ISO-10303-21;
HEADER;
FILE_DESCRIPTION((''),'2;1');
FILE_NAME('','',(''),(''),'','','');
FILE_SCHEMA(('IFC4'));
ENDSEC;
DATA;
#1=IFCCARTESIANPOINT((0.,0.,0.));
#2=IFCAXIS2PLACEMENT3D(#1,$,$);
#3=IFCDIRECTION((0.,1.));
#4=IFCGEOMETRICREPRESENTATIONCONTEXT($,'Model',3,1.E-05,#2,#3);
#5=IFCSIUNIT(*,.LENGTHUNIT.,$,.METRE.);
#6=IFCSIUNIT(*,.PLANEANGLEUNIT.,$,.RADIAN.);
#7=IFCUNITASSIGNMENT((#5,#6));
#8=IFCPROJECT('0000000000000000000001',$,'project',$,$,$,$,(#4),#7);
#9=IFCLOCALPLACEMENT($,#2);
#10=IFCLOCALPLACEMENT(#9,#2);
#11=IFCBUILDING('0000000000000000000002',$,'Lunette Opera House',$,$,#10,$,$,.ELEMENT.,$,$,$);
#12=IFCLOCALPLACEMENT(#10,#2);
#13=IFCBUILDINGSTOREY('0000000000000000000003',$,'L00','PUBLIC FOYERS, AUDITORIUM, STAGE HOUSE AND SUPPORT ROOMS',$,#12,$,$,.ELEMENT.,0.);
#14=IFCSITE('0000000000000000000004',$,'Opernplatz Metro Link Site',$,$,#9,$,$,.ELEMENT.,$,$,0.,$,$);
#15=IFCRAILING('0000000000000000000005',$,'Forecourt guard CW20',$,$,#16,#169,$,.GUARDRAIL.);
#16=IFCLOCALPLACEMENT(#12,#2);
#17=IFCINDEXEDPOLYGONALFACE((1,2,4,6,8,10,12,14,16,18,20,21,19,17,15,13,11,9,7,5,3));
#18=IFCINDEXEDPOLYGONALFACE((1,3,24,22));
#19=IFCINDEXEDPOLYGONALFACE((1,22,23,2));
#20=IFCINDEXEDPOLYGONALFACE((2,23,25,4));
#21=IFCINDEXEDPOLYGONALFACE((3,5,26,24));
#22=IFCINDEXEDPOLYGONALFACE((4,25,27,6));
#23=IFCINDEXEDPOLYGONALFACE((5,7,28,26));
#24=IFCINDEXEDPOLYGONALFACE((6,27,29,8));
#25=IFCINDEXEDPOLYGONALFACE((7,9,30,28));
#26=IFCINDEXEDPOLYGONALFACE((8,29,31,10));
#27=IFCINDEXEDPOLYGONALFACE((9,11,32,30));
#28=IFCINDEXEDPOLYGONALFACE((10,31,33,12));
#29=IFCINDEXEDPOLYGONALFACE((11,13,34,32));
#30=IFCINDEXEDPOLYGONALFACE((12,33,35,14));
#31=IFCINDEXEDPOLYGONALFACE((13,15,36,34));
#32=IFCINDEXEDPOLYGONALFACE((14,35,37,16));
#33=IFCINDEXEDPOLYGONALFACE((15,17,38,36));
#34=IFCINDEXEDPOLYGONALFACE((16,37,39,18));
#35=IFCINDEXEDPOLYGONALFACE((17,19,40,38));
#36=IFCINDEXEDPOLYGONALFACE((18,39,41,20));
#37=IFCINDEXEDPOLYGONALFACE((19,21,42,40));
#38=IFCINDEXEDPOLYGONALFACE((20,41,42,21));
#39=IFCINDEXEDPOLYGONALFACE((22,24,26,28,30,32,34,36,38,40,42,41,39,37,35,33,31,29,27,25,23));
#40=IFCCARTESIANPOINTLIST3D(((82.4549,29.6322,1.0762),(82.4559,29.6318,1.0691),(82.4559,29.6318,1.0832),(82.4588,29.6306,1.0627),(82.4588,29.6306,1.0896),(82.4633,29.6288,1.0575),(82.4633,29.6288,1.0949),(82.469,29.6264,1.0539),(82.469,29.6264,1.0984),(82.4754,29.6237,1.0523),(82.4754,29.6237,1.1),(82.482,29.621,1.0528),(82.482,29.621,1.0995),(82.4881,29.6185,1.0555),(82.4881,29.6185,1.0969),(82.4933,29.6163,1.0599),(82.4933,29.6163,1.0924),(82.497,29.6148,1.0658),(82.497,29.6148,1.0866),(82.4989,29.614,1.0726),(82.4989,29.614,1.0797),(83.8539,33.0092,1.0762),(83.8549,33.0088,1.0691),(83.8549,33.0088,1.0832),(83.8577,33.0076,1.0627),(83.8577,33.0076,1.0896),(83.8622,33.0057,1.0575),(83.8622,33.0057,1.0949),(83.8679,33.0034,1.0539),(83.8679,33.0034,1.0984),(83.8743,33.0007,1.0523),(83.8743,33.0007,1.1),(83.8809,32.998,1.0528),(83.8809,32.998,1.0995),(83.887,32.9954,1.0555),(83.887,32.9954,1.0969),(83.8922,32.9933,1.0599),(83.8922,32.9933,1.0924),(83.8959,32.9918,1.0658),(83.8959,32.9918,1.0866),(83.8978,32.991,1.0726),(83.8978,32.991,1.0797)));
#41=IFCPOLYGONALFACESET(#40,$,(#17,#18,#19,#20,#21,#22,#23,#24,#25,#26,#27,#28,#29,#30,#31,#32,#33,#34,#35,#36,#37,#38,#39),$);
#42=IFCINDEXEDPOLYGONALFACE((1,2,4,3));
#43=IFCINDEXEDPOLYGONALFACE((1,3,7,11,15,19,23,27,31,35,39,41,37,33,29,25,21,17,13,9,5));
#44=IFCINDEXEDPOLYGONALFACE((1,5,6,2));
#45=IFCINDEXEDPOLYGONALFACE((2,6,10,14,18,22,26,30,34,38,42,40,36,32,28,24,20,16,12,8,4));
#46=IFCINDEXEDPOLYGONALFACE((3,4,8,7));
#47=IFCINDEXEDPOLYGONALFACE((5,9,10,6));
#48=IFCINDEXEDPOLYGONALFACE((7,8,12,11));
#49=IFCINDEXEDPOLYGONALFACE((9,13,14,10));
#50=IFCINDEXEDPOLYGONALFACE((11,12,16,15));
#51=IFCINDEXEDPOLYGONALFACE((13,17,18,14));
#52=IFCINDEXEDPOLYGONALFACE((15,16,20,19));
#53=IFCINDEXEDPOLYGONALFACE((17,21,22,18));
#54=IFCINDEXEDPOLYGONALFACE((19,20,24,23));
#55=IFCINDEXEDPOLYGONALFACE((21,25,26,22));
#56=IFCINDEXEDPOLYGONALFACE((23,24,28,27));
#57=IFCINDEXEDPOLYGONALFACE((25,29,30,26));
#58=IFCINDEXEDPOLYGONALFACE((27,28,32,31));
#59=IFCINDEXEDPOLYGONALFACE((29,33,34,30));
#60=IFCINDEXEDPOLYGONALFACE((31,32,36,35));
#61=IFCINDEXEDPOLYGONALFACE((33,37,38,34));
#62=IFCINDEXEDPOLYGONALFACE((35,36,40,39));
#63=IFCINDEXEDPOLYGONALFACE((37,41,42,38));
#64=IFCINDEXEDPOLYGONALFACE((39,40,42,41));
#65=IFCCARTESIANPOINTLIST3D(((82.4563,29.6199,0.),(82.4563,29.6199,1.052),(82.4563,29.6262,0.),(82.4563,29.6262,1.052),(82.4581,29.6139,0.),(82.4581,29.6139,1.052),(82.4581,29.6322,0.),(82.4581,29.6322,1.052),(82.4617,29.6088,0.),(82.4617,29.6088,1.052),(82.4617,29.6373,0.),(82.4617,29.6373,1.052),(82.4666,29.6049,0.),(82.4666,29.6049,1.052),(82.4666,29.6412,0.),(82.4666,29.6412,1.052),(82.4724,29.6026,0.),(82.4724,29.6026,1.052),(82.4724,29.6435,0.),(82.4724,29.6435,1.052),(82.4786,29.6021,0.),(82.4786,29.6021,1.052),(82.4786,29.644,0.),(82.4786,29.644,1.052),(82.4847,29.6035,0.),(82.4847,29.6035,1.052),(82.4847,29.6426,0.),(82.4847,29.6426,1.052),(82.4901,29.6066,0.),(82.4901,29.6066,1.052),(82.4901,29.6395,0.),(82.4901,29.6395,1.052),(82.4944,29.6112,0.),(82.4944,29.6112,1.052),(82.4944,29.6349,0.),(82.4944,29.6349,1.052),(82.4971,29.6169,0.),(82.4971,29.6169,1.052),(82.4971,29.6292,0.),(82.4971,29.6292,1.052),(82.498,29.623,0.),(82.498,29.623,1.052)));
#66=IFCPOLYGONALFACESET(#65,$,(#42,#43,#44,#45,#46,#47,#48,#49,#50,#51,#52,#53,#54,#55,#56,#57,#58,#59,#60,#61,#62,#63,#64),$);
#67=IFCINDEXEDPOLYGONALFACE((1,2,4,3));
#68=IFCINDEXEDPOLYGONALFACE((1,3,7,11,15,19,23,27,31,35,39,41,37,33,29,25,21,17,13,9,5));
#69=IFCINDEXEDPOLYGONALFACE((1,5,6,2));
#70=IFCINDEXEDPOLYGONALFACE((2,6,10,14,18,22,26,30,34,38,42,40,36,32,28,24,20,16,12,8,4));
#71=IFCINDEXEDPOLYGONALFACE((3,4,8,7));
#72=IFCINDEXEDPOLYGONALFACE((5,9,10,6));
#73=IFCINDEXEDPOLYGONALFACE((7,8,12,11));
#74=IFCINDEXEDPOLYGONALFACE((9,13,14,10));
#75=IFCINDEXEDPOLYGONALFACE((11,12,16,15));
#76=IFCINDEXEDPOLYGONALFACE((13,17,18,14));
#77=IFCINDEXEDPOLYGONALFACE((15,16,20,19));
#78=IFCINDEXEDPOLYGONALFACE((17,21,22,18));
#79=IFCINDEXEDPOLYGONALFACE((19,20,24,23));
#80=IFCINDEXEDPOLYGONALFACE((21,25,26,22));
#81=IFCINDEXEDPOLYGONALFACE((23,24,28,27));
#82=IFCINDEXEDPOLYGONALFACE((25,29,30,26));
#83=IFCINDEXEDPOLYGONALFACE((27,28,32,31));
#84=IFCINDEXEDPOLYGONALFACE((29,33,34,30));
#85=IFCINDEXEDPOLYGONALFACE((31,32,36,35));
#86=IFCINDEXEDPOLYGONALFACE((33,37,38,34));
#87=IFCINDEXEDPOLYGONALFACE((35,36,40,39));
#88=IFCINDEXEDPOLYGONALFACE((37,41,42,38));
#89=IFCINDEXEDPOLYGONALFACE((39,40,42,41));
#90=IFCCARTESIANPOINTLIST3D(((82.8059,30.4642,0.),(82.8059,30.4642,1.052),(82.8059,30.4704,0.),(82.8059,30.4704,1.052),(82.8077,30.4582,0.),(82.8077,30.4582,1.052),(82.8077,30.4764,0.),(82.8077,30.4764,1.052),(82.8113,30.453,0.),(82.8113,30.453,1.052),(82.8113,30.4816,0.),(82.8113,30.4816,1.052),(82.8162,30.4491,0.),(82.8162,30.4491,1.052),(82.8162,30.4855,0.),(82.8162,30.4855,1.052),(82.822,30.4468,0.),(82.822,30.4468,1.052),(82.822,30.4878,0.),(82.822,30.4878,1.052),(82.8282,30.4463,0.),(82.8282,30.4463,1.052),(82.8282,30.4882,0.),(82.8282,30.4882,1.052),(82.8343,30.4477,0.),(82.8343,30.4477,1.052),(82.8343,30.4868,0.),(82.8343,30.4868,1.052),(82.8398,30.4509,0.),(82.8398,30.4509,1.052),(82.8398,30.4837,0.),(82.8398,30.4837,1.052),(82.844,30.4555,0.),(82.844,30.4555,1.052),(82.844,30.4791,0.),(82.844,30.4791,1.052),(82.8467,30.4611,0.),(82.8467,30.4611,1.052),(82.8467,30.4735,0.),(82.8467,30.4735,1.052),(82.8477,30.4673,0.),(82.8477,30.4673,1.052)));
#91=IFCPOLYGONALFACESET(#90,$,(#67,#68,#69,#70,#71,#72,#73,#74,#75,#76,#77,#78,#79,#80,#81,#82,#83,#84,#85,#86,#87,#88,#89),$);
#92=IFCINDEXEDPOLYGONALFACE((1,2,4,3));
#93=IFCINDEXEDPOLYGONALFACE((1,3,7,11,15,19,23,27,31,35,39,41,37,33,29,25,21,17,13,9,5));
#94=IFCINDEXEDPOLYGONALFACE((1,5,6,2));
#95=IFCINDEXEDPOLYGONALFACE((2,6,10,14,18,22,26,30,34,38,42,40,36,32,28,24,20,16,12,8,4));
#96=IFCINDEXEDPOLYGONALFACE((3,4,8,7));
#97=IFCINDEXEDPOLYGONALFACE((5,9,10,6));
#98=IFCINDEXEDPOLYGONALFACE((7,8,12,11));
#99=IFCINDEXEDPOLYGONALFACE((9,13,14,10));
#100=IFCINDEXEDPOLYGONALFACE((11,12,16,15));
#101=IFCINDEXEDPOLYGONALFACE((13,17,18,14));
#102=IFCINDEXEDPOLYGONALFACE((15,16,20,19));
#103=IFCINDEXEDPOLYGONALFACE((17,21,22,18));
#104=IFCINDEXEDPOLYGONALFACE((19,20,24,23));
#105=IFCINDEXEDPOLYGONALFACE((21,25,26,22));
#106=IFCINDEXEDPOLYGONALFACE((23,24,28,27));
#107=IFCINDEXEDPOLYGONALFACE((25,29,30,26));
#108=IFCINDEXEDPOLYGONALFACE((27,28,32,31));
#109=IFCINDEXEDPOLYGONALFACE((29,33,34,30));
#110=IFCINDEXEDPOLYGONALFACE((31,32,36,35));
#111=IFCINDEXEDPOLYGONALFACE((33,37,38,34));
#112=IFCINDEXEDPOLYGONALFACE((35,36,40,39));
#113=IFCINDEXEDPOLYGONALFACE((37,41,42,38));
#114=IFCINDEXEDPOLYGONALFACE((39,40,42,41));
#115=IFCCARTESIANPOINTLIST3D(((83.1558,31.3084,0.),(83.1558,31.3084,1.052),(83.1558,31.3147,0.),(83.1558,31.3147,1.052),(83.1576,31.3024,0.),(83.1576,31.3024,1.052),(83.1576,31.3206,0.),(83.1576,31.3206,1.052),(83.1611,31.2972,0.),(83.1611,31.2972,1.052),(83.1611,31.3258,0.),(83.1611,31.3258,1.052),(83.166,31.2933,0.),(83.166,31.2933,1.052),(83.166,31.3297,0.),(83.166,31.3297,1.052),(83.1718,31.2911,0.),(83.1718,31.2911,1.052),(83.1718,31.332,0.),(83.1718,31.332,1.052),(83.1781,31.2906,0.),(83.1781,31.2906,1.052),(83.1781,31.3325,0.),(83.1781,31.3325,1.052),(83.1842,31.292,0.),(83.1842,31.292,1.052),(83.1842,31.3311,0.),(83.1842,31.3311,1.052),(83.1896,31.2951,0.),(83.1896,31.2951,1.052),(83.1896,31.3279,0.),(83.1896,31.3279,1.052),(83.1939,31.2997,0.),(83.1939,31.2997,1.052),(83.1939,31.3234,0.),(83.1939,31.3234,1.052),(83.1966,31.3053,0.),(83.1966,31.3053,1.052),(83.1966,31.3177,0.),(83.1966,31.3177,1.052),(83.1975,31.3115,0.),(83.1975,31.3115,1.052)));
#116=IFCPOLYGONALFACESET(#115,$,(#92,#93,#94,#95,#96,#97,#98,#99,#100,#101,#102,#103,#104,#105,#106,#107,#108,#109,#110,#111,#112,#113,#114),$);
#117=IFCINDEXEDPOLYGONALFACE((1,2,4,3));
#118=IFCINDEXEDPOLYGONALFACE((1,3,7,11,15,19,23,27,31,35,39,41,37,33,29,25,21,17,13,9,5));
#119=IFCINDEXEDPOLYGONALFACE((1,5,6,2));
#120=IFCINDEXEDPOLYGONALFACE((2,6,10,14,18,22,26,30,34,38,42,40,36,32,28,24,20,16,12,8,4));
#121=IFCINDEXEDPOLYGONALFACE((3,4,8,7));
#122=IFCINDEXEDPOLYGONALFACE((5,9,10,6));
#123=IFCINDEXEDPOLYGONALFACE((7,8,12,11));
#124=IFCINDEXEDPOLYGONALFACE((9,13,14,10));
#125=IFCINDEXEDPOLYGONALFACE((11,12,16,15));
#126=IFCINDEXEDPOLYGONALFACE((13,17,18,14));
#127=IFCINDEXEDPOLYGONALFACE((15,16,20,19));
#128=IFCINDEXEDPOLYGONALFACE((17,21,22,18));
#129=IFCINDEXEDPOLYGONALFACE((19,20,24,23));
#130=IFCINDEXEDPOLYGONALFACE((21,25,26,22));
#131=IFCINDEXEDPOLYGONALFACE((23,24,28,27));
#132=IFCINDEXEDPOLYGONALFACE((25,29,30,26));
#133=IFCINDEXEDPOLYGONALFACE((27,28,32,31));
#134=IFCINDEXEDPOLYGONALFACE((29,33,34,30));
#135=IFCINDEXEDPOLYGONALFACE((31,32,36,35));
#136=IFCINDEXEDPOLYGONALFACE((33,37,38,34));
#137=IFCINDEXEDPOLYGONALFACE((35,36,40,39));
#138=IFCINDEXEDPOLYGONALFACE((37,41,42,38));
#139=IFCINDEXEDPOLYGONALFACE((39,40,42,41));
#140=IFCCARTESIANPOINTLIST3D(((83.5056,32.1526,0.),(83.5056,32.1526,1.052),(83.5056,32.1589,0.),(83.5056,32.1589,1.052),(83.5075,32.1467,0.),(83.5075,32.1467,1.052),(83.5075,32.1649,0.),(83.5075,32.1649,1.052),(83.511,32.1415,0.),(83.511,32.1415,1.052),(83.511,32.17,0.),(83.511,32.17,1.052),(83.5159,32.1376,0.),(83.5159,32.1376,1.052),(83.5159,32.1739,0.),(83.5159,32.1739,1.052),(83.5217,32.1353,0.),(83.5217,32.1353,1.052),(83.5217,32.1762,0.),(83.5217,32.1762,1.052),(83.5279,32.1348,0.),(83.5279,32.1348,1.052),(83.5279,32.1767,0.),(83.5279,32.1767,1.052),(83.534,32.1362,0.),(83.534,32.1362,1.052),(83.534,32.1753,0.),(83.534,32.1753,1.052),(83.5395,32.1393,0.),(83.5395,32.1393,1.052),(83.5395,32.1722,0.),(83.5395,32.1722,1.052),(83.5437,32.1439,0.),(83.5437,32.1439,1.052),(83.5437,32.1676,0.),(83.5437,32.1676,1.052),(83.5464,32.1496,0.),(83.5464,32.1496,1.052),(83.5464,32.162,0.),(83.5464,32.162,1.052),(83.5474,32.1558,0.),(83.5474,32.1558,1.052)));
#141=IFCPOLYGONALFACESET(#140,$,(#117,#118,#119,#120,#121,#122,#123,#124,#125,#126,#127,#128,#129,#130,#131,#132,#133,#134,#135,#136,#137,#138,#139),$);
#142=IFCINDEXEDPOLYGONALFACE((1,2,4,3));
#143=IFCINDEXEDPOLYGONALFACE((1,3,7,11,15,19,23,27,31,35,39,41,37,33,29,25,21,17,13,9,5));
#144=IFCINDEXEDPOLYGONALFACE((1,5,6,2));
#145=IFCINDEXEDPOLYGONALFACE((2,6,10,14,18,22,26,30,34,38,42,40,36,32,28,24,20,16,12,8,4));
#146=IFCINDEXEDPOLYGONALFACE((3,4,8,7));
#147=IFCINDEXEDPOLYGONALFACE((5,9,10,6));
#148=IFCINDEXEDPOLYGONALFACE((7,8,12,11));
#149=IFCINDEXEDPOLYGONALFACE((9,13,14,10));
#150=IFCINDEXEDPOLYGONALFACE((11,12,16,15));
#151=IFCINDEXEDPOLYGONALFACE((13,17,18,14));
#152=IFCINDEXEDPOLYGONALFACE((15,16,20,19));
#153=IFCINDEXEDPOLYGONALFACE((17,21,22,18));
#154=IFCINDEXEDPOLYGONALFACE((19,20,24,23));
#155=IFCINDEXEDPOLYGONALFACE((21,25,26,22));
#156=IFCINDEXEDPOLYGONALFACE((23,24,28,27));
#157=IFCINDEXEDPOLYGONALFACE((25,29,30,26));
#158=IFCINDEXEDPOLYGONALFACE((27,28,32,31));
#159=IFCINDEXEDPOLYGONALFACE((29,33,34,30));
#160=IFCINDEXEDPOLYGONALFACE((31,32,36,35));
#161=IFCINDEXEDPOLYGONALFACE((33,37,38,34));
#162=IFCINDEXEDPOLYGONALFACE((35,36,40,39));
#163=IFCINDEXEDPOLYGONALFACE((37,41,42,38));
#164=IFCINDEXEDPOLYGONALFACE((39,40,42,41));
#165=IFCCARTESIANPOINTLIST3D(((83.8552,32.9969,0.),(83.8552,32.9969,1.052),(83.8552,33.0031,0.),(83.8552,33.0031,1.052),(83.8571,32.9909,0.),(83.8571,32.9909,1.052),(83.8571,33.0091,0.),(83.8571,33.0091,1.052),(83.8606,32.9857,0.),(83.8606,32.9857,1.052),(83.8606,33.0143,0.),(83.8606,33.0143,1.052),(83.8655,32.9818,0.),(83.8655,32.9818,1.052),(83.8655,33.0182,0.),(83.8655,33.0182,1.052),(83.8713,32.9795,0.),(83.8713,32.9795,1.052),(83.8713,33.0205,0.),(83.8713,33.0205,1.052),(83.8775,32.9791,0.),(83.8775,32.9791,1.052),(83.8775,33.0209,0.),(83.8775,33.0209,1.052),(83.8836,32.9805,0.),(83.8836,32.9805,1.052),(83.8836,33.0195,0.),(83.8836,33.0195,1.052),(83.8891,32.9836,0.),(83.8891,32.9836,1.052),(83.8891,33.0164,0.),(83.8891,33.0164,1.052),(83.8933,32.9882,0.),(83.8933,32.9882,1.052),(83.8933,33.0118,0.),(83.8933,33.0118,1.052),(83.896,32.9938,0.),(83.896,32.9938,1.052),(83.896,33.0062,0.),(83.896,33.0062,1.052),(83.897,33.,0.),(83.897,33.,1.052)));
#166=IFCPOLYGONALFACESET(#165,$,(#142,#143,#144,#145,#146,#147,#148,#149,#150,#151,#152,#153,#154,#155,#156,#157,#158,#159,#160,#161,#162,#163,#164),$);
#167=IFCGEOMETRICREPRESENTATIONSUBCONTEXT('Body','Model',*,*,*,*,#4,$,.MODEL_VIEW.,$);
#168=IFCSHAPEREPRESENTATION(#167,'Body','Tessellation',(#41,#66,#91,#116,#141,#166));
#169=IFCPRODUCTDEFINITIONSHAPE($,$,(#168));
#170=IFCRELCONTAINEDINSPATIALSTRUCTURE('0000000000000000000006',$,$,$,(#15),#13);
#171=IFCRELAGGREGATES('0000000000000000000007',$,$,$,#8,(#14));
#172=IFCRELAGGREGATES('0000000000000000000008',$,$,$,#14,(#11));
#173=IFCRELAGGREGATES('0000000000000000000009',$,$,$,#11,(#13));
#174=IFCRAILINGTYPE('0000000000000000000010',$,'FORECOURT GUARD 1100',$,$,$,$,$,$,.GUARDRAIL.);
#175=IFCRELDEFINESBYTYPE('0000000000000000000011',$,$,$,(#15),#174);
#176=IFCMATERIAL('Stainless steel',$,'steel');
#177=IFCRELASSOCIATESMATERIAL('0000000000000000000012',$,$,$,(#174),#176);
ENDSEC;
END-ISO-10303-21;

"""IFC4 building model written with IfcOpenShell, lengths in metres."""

from ifc_helpers import new_model, si_unit, direction, frame, origin, origin_2d, place, context, subcontext, project, spatial, circle, extrude, material, type_object, element, save


model = new_model("IFC4")

# Units and contexts
model_context = context("Model", 3, precision=1e-05, world=origin(), true_north=direction((0.0, 1.0)))
body_context = subcontext(model_context, "Body", "Model", "MODEL_VIEW")
ifc_project = project(units=[si_unit("LENGTHUNIT", "METRE"), si_unit("PLANEANGLEUNIT", "RADIAN")], contexts=[model_context])

# Site, building, storey
site_placement = place(None, origin())
site = spatial("IfcSite", under=ifc_project, at=site_placement, Name="Opernplatz Metro Link Site", CompositionType="ELEMENT", RefElevation=0.0)
building_placement = place(site_placement, origin())
building = spatial("IfcBuilding", under=site, at=building_placement, Name="Lunette Opera House", CompositionType="ELEMENT")
storey_placement = place(building_placement, origin())
storey = spatial("IfcBuildingStorey", under=building, at=storey_placement, Name="L00", Description="PUBLIC FOYERS, AUDITORIUM, STAGE HOUSE AND SUPPORT ROOMS", CompositionType="ELEMENT", Elevation=0.0)

# Railing
ifc_material_1 = material(Name="Stainless steel", Category="steel")
railing_type = type_object("IfcRailingType", Name="FORECOURT GUARD 1100", PredefinedType="GUARDRAIL", material=ifc_material_1)
railing_1_placement = place(storey_placement, frame((82.4771, 29.623, 0.0)))
element("IfcRailing", 1, at=railing_1_placement, inside=storey, type_object=railing_type, Name="Forecourt guard CW20", PredefinedType="GUARDRAIL", context=body_context, shape_type="SweptSolid", body=[
    extrude(circle(Radius=0.0239, at=origin_2d()), frame((0.0, 0.0, 1.0762), z_axis=(0.382718, 0.923865, 0.0), x_axis=(-0.923865, 0.382718, 0.0)), (0.0, 0.0, 1.0), 3.6553),
    extrude(circle(Radius=0.021, at=origin_2d()), origin(), (0.0, 0.0, 1.0), 1.052),
    extrude(circle(Radius=0.021, at=origin_2d()), frame((0.3496, 0.8442, 0.0)), (0.0, 0.0, 1.0), 1.052),
    extrude(circle(Radius=0.021, at=origin_2d()), frame((0.6995, 1.6885, 0.0)), (0.0, 0.0, 1.0), 1.052),
    extrude(circle(Radius=0.021, at=origin_2d()), frame((1.0493, 2.5327, 0.0)), (0.0, 0.0, 1.0), 1.052),
    extrude(circle(Radius=0.021, at=origin_2d()), frame((1.3989, 3.377, 0.0)), (0.0, 0.0, 1.0), 1.052),
])

save(model, "model.ifc")
